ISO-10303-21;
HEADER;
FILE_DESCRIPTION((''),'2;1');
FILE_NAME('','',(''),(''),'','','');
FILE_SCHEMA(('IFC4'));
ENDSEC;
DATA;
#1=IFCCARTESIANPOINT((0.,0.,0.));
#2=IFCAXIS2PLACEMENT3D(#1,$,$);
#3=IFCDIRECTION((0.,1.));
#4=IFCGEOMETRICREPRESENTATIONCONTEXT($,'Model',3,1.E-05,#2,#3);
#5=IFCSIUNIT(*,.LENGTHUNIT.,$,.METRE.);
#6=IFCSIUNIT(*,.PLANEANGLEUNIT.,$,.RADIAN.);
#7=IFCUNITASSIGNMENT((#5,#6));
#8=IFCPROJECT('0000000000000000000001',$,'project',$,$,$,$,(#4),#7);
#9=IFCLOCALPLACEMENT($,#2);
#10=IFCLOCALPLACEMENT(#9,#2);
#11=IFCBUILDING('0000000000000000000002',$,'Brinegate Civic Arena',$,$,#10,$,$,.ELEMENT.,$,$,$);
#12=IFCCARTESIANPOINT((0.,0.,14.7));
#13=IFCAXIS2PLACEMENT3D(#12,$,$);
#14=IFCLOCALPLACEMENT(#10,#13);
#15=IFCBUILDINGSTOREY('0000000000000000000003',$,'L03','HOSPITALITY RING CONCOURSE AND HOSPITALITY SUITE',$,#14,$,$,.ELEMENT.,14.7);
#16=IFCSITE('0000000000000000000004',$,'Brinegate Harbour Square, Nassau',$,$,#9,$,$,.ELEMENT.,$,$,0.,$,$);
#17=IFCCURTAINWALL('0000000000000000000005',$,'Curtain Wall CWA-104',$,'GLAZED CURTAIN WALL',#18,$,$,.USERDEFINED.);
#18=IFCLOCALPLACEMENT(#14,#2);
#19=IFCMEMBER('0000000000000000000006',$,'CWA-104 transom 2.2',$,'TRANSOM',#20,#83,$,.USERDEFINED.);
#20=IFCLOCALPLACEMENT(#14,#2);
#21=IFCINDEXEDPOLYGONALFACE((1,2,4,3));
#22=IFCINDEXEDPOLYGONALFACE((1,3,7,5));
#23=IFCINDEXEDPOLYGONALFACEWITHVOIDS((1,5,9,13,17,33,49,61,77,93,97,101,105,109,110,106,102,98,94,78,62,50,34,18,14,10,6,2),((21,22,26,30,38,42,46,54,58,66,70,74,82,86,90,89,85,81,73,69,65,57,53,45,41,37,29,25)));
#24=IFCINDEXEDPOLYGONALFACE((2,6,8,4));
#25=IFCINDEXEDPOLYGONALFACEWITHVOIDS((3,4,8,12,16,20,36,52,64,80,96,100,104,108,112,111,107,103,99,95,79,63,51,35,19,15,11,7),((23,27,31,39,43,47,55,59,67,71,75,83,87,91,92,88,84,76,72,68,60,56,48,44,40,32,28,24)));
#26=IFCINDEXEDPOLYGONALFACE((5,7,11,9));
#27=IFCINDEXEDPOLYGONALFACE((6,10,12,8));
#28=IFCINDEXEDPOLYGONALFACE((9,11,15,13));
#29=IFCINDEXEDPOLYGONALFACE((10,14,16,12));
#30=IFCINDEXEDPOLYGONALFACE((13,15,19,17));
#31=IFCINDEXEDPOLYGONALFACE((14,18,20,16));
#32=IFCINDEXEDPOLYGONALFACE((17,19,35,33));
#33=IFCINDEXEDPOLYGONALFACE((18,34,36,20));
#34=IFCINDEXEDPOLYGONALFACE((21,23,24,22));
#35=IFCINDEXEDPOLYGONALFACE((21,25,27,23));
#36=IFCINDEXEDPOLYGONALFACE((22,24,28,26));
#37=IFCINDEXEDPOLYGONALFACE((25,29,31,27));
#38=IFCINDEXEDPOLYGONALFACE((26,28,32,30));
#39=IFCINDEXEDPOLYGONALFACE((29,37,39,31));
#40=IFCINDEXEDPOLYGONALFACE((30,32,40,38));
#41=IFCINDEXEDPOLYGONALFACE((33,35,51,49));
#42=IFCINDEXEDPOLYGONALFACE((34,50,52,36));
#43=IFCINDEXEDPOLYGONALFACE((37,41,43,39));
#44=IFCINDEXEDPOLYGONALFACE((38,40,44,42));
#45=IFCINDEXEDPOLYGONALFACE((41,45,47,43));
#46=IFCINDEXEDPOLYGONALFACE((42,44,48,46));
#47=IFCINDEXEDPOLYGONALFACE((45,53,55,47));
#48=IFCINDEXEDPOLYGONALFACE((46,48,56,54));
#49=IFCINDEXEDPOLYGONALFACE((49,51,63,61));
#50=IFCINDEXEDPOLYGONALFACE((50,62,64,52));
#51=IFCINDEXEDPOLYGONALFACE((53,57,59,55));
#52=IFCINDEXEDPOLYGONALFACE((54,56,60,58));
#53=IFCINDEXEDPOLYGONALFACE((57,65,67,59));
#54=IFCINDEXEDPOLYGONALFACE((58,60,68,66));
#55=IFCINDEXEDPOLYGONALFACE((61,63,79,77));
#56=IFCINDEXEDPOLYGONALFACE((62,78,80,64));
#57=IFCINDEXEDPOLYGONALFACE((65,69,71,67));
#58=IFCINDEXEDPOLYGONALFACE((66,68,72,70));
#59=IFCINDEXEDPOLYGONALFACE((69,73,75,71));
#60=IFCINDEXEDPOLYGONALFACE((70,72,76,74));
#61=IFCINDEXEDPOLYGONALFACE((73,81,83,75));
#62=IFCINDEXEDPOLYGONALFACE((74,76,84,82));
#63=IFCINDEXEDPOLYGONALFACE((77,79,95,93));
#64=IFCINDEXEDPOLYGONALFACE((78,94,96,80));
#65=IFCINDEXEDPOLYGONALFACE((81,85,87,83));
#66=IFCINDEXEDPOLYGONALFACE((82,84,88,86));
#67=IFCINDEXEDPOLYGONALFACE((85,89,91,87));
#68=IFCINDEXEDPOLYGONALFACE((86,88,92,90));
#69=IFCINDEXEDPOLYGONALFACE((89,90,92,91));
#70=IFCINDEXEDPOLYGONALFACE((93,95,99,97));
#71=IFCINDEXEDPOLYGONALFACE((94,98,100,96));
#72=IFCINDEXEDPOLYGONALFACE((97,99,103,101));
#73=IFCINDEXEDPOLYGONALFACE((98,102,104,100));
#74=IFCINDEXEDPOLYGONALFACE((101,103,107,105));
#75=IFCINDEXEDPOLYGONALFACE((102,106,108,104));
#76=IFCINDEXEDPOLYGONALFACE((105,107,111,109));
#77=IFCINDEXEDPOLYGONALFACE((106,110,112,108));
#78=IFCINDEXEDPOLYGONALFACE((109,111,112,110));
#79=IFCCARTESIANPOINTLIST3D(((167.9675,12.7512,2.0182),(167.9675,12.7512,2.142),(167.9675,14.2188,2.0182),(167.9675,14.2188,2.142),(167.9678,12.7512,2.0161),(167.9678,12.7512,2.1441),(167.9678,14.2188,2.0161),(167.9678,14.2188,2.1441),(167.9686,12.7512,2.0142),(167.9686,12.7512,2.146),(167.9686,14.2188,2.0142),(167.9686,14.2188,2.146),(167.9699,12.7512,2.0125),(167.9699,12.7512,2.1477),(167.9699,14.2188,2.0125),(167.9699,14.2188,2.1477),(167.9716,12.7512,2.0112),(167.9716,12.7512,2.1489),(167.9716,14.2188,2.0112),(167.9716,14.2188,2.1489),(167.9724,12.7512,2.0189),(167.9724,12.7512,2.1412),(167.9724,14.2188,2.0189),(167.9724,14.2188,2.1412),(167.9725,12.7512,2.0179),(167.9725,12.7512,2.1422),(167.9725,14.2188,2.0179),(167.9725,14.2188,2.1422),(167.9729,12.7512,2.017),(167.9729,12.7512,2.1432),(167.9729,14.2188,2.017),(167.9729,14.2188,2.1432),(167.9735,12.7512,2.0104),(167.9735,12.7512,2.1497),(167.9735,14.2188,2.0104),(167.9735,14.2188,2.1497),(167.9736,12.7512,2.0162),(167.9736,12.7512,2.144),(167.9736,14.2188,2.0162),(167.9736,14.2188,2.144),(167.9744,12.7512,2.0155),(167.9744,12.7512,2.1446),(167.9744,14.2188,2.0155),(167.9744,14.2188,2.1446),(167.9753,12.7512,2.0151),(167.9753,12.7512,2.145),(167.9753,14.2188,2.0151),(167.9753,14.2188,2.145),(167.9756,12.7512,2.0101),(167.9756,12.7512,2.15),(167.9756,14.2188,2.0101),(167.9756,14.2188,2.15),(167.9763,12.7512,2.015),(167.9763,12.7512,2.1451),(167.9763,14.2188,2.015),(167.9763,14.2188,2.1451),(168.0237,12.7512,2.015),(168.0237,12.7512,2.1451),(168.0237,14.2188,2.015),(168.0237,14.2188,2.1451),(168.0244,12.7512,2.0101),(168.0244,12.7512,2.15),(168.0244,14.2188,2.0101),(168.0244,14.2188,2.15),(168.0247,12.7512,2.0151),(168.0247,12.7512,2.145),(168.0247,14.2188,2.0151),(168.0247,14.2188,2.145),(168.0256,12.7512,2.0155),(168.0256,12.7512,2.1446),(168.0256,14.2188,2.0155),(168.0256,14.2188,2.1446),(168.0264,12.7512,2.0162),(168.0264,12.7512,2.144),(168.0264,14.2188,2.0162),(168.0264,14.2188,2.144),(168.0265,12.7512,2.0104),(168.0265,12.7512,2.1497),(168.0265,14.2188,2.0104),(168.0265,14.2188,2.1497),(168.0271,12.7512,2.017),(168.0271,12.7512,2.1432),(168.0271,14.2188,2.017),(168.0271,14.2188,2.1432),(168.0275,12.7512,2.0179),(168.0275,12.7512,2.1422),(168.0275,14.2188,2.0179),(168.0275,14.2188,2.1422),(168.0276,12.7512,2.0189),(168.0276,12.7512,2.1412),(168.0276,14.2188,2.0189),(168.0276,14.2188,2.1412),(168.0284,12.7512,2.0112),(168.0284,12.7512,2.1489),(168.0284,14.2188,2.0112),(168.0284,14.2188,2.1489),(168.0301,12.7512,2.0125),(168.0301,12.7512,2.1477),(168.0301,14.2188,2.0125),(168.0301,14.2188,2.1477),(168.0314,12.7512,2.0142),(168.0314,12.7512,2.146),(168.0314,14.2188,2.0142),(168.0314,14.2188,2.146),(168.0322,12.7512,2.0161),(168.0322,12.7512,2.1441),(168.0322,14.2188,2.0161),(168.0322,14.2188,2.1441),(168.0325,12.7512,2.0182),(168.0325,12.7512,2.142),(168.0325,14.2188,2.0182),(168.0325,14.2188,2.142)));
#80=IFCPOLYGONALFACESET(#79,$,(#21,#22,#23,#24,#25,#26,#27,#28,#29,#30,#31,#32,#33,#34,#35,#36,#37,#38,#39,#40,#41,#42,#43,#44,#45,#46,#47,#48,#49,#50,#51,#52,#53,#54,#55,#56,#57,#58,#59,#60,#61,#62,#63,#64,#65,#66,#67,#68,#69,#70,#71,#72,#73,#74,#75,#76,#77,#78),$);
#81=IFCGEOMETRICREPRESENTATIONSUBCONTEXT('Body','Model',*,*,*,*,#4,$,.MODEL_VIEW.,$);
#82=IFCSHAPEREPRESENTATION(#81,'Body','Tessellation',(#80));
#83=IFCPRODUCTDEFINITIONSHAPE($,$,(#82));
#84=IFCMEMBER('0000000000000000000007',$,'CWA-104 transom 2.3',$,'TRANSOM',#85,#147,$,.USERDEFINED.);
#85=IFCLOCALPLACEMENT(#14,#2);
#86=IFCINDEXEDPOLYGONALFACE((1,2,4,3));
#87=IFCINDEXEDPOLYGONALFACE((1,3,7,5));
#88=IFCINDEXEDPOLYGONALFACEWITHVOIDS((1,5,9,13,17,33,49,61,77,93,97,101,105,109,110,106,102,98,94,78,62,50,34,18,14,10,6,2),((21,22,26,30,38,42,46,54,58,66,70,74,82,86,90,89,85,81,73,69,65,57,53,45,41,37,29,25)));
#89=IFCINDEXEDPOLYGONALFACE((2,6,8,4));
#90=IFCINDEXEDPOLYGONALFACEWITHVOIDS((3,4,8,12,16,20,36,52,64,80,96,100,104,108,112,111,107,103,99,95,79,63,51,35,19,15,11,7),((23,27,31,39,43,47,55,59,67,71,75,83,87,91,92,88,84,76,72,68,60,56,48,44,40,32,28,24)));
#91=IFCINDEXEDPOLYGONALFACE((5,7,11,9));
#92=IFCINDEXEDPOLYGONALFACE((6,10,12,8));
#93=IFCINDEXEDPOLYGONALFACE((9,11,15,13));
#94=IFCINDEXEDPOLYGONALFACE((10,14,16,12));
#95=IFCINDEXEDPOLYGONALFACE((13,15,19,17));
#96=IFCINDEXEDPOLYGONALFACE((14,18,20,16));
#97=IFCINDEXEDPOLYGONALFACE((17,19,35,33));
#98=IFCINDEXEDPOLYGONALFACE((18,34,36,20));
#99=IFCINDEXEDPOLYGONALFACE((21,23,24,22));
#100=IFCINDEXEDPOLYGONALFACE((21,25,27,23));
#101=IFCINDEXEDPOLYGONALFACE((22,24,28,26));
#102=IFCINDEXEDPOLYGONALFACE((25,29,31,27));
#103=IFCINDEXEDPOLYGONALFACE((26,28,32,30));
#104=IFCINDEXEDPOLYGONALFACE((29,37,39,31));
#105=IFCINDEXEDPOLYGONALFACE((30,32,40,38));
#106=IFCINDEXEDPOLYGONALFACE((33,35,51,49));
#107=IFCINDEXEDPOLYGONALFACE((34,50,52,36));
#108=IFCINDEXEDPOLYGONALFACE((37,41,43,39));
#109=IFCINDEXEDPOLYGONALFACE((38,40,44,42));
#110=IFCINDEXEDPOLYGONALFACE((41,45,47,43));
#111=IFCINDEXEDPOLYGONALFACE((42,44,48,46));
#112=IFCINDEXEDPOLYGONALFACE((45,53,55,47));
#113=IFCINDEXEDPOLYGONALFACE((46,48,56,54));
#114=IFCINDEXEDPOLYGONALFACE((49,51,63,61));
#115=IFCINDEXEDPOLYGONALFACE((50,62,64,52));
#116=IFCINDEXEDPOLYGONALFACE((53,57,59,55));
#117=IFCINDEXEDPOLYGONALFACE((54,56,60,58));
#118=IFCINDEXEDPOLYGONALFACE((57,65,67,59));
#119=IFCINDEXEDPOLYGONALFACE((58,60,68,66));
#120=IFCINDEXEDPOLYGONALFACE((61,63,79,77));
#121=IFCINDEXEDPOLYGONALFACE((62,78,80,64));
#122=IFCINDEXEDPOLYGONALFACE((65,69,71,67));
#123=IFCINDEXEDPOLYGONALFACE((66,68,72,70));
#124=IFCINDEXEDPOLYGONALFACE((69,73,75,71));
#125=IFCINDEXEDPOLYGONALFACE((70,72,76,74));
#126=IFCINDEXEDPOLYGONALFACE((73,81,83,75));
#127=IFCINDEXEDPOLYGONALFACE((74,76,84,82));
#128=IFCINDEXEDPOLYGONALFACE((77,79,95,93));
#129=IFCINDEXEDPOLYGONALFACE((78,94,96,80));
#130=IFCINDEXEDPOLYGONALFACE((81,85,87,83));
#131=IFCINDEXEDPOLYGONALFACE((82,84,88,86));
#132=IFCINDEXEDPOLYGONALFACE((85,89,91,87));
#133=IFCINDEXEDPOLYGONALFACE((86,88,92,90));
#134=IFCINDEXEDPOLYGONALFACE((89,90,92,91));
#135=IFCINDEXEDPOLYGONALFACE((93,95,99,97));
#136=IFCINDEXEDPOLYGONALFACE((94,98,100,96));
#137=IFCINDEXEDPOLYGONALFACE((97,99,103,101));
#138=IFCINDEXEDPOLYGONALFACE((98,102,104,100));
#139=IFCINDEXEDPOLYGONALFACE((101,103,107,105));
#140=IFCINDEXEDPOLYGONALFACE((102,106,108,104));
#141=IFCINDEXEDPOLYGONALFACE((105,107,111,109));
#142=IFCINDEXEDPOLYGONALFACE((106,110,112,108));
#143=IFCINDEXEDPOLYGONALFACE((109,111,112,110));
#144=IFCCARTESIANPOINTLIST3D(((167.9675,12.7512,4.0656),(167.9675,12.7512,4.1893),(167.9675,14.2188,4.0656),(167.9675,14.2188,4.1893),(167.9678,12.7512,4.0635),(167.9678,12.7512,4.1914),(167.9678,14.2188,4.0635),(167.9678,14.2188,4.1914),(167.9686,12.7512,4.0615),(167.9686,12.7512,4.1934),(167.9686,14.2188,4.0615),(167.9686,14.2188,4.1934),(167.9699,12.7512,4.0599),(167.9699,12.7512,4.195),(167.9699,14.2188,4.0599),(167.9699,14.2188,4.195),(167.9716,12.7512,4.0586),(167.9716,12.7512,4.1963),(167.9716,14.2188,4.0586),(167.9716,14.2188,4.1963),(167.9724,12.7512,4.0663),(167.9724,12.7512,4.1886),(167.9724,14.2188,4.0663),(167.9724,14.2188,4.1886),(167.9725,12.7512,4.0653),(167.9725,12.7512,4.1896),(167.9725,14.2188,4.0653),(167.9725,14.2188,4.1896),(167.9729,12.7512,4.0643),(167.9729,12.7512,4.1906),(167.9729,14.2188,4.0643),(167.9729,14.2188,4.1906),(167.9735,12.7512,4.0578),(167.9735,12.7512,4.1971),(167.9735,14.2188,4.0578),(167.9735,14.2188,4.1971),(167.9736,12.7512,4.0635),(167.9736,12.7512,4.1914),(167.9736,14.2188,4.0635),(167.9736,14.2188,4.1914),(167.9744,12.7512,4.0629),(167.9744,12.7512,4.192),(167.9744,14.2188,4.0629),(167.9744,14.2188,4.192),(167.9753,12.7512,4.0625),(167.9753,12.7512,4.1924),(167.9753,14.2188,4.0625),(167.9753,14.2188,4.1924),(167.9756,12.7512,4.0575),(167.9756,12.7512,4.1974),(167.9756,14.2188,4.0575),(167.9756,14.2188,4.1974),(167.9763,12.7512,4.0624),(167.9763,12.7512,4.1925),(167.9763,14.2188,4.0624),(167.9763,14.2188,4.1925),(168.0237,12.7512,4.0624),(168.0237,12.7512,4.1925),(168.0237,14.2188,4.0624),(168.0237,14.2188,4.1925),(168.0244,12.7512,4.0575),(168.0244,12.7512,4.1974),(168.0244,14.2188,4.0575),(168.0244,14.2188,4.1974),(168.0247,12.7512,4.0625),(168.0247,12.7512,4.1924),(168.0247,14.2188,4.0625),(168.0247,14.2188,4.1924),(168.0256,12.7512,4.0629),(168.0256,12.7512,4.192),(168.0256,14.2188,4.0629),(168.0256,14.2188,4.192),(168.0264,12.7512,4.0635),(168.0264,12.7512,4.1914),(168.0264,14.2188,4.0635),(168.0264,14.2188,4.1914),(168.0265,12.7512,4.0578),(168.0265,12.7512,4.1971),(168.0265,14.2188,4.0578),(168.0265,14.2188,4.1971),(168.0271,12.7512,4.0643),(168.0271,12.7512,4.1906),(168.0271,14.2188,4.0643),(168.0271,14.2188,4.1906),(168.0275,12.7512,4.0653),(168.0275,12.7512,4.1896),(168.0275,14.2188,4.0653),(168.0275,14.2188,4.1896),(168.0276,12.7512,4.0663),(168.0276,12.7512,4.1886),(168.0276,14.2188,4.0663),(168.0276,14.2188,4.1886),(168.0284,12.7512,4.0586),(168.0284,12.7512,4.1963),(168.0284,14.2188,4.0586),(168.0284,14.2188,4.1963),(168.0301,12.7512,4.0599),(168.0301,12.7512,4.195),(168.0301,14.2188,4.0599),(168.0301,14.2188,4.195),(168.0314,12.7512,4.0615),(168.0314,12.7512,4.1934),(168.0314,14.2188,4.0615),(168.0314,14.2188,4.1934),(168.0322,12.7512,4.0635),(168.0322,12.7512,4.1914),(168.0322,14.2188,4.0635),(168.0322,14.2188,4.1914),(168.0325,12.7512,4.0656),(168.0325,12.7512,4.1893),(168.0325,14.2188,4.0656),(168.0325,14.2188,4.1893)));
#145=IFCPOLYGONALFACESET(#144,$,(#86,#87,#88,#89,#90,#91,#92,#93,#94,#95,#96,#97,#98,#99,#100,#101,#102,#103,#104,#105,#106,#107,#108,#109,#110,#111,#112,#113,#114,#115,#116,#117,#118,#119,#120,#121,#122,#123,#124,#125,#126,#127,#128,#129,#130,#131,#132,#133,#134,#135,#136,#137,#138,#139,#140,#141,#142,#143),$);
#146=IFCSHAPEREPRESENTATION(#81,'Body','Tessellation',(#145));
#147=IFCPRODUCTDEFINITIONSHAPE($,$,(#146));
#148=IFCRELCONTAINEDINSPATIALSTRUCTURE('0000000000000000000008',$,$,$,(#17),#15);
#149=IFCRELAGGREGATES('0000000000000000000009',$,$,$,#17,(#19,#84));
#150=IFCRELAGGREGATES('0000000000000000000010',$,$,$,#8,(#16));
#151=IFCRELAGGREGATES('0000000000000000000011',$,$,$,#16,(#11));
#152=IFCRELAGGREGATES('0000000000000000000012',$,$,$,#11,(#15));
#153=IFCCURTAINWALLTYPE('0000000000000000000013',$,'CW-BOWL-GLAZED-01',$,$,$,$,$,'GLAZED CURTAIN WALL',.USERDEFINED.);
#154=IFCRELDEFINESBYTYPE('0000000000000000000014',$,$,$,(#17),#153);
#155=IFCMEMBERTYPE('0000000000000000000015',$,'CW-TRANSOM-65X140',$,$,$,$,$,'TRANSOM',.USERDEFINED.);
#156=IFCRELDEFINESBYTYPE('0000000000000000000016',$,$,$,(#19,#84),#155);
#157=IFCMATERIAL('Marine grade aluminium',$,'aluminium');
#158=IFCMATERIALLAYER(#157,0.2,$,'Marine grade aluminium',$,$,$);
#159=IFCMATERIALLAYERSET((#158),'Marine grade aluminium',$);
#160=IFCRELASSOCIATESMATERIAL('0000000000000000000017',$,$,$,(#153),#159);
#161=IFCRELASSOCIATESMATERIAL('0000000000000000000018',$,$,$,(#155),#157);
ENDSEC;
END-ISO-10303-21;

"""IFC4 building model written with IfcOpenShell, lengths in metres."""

from ifc_helpers import new_model, si_unit, direction, frame, origin, origin_2d, place, context, subcontext, project, spatial, hollow_rectangle, extrude, material, layer, layer_set, material_profile, profile_set, type_object, element, aggregate, save


model = new_model("IFC4")

# Units and contexts
model_context = context("Model", 3, precision=1e-05, world=origin(), true_north=direction((0.0, 1.0)))
body_context = subcontext(model_context, "Body", "Model", "MODEL_VIEW")
ifc_project = project(units=[si_unit("LENGTHUNIT", "METRE"), si_unit("PLANEANGLEUNIT", "RADIAN")], contexts=[model_context])

# Site, building, storey
site_placement = place(None, origin())
site = spatial("IfcSite", under=ifc_project, at=site_placement, Name="Brinegate Harbour Square, Nassau", CompositionType="ELEMENT", RefElevation=0.0)
building_placement = place(site_placement, origin())
building = spatial("IfcBuilding", under=site, at=building_placement, Name="Brinegate Civic Arena", CompositionType="ELEMENT")
storey_placement = place(building_placement, frame((0.0, 0.0, 14.7)))
storey = spatial("IfcBuildingStorey", under=building, at=storey_placement, Name="L03", Description="HOSPITALITY RING CONCOURSE AND HOSPITALITY SUITE", CompositionType="ELEMENT", Elevation=14.7)

# Curtain wall, members
ifc_material_1 = material(Name="Marine grade aluminium", Category="aluminium")
ifc_layer_1 = layer(ifc_material_1, 0.2, Name="Marine grade aluminium")
ifc_layer_set_1 = layer_set([ifc_layer_1], Name="Marine grade aluminium")
curtain_wall_type = type_object("IfcCurtainWallType", Name="CW-BOWL-GLAZED-01", ElementType="GLAZED CURTAIN WALL", PredefinedType="USERDEFINED", material=ifc_layer_set_1)
curtain_wall_placement = place(storey_placement, origin())
curtain_wall = element("IfcCurtainWall", 1, at=curtain_wall_placement, inside=storey, type_object=curtain_wall_type, Name="Curtain Wall CWA-104", ObjectType="GLAZED CURTAIN WALL", PredefinedType="USERDEFINED")
ifc_material_profile_1 = material_profile(ifc_material_1, hollow_rectangle(XDim=0.0649, YDim=0.1399, WallThickness=0.0049, InnerFilletRadius=0.0039, OuterFilletRadius=0.0081, at=origin_2d()), Name="TRN65X140")
ifc_profile_set_1 = profile_set([ifc_material_profile_1], Name="Marine grade aluminium")
member_type_1 = type_object("IfcMemberType", Name="CW-TRANSOM-65X140", ElementType="TRANSOM", PredefinedType="USERDEFINED", material=ifc_profile_set_1)
member_1_placement = place(storey_placement, frame((168.0, 12.7512, 2.0801), z_axis=(0.0, 1.0, 0.0), x_axis=(-1.0, 0.0, 0.0)))
member_1 = element("IfcMember", 2, at=member_1_placement, type_object=member_type_1, Name="CWA-104 transom 2.2", ObjectType="TRANSOM", PredefinedType="USERDEFINED", context=body_context, shape_type="SweptSolid", body=[
    extrude(hollow_rectangle(XDim=0.0649, YDim=0.1399, WallThickness=0.0049, InnerFilletRadius=0.0039, OuterFilletRadius=0.0081, at=origin_2d()), origin(), (0.0, 0.0, 1.0), 1.4675),
])
member_2_placement = place(storey_placement, frame((168.0, 12.7512, 4.1274), z_axis=(0.0, 1.0, 0.0), x_axis=(-1.0, 0.0, 0.0)))
member_2 = element("IfcMember", 3, at=member_2_placement, type_object=member_type_1, Name="CWA-104 transom 2.3", ObjectType="TRANSOM", PredefinedType="USERDEFINED", context=body_context, shape_type="SweptSolid", body=[
    extrude(hollow_rectangle(XDim=0.0649, YDim=0.1399, WallThickness=0.0049, InnerFilletRadius=0.0039, OuterFilletRadius=0.0081, at=origin_2d()), origin(), (0.0, 0.0, 1.0), 1.4675),
])

aggregate(curtain_wall, [member_1, member_2])

save(model, "model.ifc")
